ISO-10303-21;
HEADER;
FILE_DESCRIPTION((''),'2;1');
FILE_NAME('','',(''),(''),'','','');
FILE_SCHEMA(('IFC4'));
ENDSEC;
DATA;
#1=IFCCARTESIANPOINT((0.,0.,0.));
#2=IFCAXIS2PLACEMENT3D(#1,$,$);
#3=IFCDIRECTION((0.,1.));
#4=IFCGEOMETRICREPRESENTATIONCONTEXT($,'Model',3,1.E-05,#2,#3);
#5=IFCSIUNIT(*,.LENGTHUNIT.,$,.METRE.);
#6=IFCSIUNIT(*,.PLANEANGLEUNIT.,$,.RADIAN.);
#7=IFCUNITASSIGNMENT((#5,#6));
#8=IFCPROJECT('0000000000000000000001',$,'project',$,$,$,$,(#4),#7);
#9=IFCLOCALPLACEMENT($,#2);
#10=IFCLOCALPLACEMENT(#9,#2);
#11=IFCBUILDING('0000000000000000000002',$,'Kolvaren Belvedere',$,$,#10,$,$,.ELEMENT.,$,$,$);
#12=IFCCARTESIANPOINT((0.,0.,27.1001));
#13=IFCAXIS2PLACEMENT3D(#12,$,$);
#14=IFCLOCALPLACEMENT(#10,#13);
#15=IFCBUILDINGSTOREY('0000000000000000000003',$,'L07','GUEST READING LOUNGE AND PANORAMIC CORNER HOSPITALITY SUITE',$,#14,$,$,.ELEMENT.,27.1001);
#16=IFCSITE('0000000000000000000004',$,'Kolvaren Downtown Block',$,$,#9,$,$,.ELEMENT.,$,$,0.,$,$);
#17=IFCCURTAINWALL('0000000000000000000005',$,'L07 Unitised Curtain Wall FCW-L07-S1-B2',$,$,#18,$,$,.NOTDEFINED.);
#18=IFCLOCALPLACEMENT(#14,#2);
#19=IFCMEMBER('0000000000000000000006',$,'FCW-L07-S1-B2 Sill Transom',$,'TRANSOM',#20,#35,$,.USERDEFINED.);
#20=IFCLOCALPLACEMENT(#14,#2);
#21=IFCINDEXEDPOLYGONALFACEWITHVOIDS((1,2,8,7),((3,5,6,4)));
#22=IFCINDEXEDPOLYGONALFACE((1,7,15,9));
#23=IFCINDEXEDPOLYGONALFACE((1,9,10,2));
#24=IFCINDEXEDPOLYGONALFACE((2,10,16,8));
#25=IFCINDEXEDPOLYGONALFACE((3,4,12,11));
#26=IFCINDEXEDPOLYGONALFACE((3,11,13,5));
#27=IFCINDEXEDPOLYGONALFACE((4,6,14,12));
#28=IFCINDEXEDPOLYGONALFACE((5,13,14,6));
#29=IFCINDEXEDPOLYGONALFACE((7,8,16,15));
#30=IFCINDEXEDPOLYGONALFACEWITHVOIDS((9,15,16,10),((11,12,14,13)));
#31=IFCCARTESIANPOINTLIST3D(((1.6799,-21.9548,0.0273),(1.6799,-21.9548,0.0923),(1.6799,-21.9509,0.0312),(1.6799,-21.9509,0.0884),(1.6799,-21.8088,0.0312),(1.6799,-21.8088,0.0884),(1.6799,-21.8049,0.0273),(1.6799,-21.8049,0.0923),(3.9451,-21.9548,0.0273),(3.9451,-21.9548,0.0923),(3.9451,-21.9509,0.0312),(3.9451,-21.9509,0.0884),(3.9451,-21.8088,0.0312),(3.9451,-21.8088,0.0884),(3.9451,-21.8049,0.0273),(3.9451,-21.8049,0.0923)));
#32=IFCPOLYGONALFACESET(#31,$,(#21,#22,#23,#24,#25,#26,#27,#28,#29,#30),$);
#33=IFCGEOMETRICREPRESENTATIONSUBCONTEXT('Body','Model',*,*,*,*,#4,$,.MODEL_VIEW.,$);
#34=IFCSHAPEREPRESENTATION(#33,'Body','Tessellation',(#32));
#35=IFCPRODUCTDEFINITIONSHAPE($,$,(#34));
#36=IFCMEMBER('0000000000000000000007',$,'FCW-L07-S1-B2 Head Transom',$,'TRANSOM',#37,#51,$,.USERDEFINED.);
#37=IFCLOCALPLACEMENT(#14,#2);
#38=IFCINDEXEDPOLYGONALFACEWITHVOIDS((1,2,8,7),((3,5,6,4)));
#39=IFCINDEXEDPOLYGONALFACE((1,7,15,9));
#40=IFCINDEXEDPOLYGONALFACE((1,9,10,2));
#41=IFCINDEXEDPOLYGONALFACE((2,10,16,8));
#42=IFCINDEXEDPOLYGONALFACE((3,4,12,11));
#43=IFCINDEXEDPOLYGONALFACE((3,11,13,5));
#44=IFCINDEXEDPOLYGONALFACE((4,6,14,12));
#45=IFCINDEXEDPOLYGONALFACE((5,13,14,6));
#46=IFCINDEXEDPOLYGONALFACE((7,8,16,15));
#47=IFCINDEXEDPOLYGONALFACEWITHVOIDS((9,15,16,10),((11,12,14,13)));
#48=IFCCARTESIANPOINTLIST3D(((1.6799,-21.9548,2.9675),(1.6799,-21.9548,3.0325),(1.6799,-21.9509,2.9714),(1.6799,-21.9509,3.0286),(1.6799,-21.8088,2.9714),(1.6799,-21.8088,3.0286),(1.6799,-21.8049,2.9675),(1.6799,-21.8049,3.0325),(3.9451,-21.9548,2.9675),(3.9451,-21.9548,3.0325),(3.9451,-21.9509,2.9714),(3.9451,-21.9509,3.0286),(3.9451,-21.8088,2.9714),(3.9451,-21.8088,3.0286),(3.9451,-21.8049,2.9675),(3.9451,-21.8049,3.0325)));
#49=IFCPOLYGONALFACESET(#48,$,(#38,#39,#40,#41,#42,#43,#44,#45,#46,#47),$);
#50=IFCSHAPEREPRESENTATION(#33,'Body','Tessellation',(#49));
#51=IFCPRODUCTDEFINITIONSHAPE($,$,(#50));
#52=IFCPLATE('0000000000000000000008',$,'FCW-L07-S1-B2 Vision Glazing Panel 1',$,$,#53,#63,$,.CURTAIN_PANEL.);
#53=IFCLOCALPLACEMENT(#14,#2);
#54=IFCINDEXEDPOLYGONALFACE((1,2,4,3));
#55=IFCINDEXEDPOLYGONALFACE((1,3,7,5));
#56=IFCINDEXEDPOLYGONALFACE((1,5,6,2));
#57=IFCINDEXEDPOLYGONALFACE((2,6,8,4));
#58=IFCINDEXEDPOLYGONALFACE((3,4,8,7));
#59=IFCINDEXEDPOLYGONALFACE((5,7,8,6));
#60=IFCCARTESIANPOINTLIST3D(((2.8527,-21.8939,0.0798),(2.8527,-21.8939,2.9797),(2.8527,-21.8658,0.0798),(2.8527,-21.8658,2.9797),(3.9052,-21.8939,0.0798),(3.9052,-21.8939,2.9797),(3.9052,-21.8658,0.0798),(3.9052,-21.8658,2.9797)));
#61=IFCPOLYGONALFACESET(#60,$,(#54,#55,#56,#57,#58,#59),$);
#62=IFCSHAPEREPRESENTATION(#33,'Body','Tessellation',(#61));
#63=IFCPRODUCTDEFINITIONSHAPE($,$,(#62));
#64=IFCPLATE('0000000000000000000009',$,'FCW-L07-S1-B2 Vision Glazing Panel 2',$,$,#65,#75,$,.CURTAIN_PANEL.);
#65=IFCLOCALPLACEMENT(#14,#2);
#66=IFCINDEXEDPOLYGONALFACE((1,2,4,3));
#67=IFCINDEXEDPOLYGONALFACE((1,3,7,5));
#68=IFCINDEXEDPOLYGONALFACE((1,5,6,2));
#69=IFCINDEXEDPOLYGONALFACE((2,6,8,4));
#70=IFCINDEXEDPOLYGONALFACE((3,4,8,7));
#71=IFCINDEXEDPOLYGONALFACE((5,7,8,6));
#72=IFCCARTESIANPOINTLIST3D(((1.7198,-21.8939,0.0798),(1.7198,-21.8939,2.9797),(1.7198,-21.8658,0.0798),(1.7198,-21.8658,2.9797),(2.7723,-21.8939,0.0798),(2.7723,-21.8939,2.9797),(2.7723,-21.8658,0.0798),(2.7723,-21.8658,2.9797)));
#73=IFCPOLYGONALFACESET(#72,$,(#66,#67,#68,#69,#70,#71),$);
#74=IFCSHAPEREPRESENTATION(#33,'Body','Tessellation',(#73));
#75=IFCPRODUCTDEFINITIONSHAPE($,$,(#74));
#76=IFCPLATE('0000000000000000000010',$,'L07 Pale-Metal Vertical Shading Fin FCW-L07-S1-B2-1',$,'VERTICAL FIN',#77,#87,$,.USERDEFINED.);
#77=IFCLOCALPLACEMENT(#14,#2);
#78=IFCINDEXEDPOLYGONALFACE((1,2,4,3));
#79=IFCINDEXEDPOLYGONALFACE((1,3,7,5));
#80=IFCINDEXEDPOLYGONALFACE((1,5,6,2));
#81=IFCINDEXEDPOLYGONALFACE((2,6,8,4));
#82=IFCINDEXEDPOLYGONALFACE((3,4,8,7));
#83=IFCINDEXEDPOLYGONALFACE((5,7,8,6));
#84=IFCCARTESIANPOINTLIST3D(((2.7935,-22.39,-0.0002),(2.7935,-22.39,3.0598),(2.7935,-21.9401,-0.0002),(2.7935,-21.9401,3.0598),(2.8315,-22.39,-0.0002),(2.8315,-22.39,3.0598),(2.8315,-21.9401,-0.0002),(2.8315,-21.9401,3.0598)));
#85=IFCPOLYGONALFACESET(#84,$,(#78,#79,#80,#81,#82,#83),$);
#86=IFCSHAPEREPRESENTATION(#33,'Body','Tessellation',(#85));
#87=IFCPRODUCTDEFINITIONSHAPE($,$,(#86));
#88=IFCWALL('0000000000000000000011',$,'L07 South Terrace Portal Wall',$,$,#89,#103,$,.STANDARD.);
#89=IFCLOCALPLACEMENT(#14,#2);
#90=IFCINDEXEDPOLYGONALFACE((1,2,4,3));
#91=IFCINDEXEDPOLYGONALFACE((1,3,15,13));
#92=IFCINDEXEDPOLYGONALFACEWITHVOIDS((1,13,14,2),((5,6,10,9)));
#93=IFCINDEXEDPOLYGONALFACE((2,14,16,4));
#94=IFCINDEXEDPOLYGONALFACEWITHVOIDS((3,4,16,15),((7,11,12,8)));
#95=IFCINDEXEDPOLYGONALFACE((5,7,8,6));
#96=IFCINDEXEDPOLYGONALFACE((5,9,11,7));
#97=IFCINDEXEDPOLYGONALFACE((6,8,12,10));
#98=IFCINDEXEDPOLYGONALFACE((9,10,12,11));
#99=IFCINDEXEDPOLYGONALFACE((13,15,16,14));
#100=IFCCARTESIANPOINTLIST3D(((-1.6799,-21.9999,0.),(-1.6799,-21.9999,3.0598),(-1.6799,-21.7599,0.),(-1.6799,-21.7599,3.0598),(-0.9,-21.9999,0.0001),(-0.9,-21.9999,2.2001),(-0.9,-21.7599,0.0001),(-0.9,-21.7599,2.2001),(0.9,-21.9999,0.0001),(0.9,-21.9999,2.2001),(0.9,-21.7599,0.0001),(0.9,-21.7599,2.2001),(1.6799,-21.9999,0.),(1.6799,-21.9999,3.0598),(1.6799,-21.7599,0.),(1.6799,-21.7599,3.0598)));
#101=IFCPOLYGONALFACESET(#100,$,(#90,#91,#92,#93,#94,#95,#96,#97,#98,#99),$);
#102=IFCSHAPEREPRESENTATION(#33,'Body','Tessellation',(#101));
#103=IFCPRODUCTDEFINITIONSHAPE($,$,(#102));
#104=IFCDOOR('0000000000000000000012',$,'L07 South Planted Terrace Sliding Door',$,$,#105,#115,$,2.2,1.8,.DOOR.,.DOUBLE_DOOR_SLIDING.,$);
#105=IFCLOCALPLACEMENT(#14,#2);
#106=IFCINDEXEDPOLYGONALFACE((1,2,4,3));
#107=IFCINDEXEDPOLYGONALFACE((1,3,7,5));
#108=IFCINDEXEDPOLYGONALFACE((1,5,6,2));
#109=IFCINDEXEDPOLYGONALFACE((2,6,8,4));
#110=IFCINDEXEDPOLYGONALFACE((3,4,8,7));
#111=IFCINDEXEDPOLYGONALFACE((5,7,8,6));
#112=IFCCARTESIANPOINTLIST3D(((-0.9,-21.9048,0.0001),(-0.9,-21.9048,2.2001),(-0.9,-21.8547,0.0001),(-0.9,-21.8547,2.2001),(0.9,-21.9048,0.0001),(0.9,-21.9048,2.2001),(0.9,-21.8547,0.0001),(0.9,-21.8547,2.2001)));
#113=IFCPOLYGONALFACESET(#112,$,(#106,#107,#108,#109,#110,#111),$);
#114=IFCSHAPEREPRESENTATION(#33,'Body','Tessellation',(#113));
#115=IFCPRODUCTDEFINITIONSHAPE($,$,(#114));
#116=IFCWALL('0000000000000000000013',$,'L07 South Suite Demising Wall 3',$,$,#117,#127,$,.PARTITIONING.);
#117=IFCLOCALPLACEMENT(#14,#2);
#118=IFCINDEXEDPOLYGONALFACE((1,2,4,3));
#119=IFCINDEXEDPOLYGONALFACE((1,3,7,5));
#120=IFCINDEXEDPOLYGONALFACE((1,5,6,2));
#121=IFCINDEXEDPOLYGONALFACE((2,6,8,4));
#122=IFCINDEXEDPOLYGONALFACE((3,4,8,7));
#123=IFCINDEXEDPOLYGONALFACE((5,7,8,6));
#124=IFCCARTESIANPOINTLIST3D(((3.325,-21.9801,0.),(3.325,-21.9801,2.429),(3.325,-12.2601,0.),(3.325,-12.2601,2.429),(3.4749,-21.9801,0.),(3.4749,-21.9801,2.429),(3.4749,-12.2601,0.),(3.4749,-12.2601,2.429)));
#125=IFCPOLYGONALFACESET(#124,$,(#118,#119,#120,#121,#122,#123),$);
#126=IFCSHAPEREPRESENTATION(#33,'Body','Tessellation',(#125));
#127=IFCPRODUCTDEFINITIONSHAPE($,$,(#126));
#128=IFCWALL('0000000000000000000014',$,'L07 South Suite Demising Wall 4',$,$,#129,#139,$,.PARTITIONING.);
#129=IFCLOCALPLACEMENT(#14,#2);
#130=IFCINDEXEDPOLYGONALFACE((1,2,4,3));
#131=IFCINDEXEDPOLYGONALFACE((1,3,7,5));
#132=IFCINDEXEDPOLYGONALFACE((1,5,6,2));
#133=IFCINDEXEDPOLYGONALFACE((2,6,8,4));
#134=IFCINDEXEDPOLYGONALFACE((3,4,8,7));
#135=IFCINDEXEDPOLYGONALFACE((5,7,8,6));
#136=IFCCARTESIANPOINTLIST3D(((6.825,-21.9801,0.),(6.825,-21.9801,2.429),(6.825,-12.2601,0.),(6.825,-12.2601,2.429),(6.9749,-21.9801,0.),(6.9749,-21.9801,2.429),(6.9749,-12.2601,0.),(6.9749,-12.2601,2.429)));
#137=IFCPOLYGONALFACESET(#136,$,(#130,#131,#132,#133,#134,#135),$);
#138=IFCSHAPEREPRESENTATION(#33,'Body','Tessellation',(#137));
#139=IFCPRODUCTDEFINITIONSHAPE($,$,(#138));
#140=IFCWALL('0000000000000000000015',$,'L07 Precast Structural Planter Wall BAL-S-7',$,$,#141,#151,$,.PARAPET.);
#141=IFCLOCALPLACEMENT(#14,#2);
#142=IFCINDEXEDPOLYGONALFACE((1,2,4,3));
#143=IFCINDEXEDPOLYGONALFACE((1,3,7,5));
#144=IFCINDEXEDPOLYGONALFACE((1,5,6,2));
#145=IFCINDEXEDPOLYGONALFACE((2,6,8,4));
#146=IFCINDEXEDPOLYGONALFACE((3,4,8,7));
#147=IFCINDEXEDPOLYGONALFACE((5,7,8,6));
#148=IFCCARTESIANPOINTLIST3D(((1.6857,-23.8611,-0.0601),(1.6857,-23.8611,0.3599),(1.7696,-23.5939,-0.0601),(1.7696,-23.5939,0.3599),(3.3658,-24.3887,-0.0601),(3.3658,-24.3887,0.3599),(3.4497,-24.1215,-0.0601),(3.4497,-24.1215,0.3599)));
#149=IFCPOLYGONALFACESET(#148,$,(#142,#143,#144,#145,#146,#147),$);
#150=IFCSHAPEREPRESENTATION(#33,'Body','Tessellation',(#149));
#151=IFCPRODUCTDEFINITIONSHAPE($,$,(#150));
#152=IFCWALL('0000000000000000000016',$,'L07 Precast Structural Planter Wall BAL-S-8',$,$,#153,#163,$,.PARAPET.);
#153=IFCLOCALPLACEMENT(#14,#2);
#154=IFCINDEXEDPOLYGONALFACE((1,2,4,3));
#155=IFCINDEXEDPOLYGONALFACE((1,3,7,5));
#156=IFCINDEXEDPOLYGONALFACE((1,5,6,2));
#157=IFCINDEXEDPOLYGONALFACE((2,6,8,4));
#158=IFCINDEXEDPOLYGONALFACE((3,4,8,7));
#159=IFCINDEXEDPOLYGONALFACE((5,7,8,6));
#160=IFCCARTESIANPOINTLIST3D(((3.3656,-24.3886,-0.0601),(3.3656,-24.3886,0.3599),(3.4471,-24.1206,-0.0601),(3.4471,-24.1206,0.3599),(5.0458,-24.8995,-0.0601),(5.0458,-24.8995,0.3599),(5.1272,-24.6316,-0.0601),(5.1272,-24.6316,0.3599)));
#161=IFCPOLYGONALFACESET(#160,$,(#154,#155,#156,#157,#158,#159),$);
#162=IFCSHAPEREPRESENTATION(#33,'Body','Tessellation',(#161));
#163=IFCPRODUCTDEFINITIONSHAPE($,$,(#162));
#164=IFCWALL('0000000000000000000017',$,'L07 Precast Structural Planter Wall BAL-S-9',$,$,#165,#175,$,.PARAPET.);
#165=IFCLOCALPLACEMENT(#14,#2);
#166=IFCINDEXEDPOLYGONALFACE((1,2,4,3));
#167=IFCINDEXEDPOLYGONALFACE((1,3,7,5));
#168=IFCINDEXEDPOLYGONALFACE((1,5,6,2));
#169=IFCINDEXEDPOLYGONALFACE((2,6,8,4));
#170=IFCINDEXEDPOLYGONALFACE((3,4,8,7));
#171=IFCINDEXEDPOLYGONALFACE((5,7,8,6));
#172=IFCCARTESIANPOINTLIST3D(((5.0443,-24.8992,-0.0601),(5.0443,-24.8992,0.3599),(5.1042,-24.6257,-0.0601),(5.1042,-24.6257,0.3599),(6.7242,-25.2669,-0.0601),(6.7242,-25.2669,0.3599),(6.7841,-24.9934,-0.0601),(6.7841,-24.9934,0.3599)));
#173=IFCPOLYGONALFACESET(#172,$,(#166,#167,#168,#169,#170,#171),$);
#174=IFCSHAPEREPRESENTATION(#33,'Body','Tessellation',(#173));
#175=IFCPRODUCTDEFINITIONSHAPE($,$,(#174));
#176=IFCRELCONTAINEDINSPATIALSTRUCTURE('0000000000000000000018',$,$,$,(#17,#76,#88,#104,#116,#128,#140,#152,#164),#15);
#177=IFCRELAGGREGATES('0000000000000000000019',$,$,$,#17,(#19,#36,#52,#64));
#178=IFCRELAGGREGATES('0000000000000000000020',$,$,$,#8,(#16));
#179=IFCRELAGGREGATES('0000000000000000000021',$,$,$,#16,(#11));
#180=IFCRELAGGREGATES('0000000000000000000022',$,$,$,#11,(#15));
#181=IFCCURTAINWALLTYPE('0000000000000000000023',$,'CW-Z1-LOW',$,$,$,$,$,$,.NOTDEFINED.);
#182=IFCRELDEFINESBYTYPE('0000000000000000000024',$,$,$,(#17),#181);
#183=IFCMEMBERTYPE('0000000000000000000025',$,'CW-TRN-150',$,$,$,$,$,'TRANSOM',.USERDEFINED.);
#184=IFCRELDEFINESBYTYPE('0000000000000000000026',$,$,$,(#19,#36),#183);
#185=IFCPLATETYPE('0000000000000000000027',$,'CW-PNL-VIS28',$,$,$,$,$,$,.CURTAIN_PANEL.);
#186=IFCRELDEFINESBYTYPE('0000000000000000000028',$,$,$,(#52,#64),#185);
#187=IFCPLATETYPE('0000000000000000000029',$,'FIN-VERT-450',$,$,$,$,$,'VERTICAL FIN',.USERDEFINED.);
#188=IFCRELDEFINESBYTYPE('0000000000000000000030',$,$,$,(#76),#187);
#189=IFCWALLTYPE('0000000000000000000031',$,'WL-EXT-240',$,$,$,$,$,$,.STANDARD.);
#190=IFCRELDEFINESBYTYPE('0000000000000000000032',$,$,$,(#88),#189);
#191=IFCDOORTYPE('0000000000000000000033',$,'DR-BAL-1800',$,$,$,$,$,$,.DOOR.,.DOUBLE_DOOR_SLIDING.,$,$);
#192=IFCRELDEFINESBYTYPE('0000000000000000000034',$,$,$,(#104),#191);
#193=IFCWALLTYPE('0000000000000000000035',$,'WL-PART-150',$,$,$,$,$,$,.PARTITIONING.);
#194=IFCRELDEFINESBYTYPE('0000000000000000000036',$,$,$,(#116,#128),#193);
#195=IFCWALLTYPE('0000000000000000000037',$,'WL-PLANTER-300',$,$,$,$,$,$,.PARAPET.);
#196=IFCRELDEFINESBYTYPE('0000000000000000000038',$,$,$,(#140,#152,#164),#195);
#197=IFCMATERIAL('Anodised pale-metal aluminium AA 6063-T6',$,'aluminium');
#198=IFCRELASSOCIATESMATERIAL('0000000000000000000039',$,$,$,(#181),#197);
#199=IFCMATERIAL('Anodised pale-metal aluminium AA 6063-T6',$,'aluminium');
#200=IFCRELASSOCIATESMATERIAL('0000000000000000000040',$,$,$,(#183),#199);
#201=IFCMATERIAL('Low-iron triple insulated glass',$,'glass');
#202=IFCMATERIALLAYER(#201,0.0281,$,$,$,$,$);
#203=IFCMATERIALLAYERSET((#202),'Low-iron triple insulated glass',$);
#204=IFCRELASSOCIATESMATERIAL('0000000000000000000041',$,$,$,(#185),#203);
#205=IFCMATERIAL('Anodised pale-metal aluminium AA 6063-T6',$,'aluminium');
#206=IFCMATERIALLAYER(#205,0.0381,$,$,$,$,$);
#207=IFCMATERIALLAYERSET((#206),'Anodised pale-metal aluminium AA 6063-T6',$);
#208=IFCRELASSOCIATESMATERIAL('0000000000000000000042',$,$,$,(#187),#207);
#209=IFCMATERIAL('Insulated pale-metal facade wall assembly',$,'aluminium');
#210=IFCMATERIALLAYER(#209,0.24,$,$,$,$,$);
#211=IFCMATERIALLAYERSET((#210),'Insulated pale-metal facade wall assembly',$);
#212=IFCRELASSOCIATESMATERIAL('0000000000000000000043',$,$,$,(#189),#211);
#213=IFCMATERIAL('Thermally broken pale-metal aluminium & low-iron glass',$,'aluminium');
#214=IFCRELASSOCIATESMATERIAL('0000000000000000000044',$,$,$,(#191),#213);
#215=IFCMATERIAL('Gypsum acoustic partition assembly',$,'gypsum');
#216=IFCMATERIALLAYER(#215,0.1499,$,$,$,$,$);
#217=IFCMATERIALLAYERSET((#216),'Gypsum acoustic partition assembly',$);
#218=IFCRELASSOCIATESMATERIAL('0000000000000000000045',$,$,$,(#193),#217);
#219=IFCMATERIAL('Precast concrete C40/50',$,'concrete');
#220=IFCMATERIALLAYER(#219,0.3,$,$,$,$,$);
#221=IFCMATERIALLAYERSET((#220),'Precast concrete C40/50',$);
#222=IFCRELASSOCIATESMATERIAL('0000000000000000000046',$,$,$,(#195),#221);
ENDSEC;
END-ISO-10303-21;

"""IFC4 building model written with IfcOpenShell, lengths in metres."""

from ifc_helpers import new_model, si_unit, direction, frame, frame_2d, origin, origin_2d, place, context, subcontext, project, spatial, rectangle, hollow_rectangle, extrude, material, layer, layer_set, material_profile, profile_set, type_object, element, fill, aggregate, save


model = new_model("IFC4")

# Units and contexts
model_context = context("Model", 3, precision=1e-05, world=origin(), true_north=direction((0.0, 1.0)))
body_context = subcontext(model_context, "Body", "Model", "MODEL_VIEW")
ifc_project = project(units=[si_unit("LENGTHUNIT", "METRE"), si_unit("PLANEANGLEUNIT", "RADIAN")], contexts=[model_context])

# Site, building, storey
site_placement = place(None, origin())
site = spatial("IfcSite", under=ifc_project, at=site_placement, Name="Kolvaren Downtown Block", CompositionType="ELEMENT", RefElevation=0.0)
building_placement = place(site_placement, origin())
building = spatial("IfcBuilding", under=site, at=building_placement, Name="Kolvaren Belvedere", CompositionType="ELEMENT")
storey_placement = place(building_placement, frame((0.0, 0.0, 27.1001)))
storey = spatial("IfcBuildingStorey", under=building, at=storey_placement, Name="L07", Description="GUEST READING LOUNGE AND PANORAMIC CORNER HOSPITALITY SUITE", CompositionType="ELEMENT", Elevation=27.1001)

# Shared definitions
ifc_material_1 = material(Name="Anodised pale-metal aluminium AA 6063-T6", Category="aluminium")
curtain_wall_type = type_object("IfcCurtainWallType", Name="CW-Z1-LOW", PredefinedType="NOTDEFINED", material=ifc_material_1)

# Curtain wall, members, plates
curtain_wall_1_placement = place(storey_placement, origin())
curtain_wall_1 = element("IfcCurtainWall", 1, at=curtain_wall_1_placement, inside=storey, type_object=curtain_wall_type, Name="L07 Unitised Curtain Wall FCW-L07-S1-B2", PredefinedType="NOTDEFINED")
ifc_material_2 = material(Name="Anodised pale-metal aluminium AA 6063-T6", Category="aluminium")
ifc_material_profile_1 = material_profile(ifc_material_2, hollow_rectangle(XDim=0.0649, YDim=0.1499, WallThickness=0.0039, at=origin_2d()), Name="ALU-TRN-150X65")
ifc_profile_set_1 = profile_set([ifc_material_profile_1], Name="Anodised pale-metal aluminium AA 6063-T6")
member_type_1 = type_object("IfcMemberType", Name="CW-TRN-150", ElementType="TRANSOM", PredefinedType="USERDEFINED", material=ifc_profile_set_1)
member_1_placement = place(storey_placement, frame((3.9451, -21.8799, 0.0598), z_axis=(-1.0, 0.0, 0.0), x_axis=(0.0, 0.0, 1.0)))
member_1 = element("IfcMember", 2, at=member_1_placement, type_object=member_type_1, Name="FCW-L07-S1-B2 Sill Transom", ObjectType="TRANSOM", PredefinedType="USERDEFINED", context=body_context, shape_type="SweptSolid", body=[
    extrude(hollow_rectangle(XDim=0.0649, YDim=0.1499, WallThickness=0.0039, at=origin_2d()), origin(), (0.0, 0.0, 1.0), 2.2651),
])
member_2_placement = place(storey_placement, frame((3.9451, -21.8799, 3.0), z_axis=(-1.0, 0.0, 0.0), x_axis=(0.0, 0.0, 1.0)))
member_2 = element("IfcMember", 3, at=member_2_placement, type_object=member_type_1, Name="FCW-L07-S1-B2 Head Transom", ObjectType="TRANSOM", PredefinedType="USERDEFINED", context=body_context, shape_type="SweptSolid", body=[
    extrude(hollow_rectangle(XDim=0.0649, YDim=0.1499, WallThickness=0.0039, at=origin_2d()), origin(), (0.0, 0.0, 1.0), 2.2651),
])
ifc_material_3 = material(Name="Low-iron triple insulated glass", Category="glass")
ifc_layer_1 = layer(ifc_material_3, 0.0281)
ifc_layer_set_1 = layer_set([ifc_layer_1], Name="Low-iron triple insulated glass")
plate_type_1 = type_object("IfcPlateType", Name="CW-PNL-VIS28", PredefinedType="CURTAIN_PANEL", material=ifc_layer_set_1)
plate_1_placement = place(storey_placement, frame((3.3789, -21.8799, 0.0798), z_axis=(0.0, 0.0, 1.0), x_axis=(-1.0, 0.0, 0.0)))
plate_1 = element("IfcPlate", 4, at=plate_1_placement, type_object=plate_type_1, Name="FCW-L07-S1-B2 Vision Glazing Panel 1", PredefinedType="CURTAIN_PANEL", context=body_context, shape_type="SweptSolid", body=[
    extrude(rectangle(XDim=1.0525, YDim=0.0281, at=origin_2d()), origin(), (0.0, 0.0, 1.0), 2.8999),
])
plate_2_placement = place(storey_placement, frame((2.2461, -21.8799, 0.0798), z_axis=(0.0, 0.0, 1.0), x_axis=(-1.0, 0.0, 0.0)))
plate_2 = element("IfcPlate", 5, at=plate_2_placement, type_object=plate_type_1, Name="FCW-L07-S1-B2 Vision Glazing Panel 2", PredefinedType="CURTAIN_PANEL", context=body_context, shape_type="SweptSolid", body=[
    extrude(rectangle(XDim=1.0525, YDim=0.0281, at=origin_2d()), origin(), (0.0, 0.0, 1.0), 2.8999),
])
aggregate(curtain_wall_1, [member_1, member_2, plate_1, plate_2])

# Plate
ifc_material_4 = material(Name="Anodised pale-metal aluminium AA 6063-T6", Category="aluminium")
ifc_layer_2 = layer(ifc_material_4, 0.0381)
ifc_layer_set_2 = layer_set([ifc_layer_2], Name="Anodised pale-metal aluminium AA 6063-T6")
plate_type_2 = type_object("IfcPlateType", Name="FIN-VERT-450", ElementType="VERTICAL FIN", PredefinedType="USERDEFINED", material=ifc_layer_set_2)
plate_3_placement = place(storey_placement, frame((2.8125, -22.165, -0.0002), z_axis=(0.0, 0.0, 1.0), x_axis=(0.0, 1.0, 0.0)))
element("IfcPlate", 6, at=plate_3_placement, inside=storey, type_object=plate_type_2, Name="L07 Pale-Metal Vertical Shading Fin FCW-L07-S1-B2-1", ObjectType="VERTICAL FIN", PredefinedType="USERDEFINED", context=body_context, shape_type="SweptSolid", body=[
    extrude(rectangle(XDim=0.45, YDim=0.0381, at=origin_2d()), origin(), (0.0, 0.0, 1.0), 3.0601),
])

# Wall, opening, door
ifc_material_5 = material(Name="Insulated pale-metal facade wall assembly", Category="aluminium")
ifc_layer_3 = layer(ifc_material_5, 0.24)
ifc_layer_set_3 = layer_set([ifc_layer_3], Name="Insulated pale-metal facade wall assembly")
wall_type_1 = type_object("IfcWallType", Name="WL-EXT-240", PredefinedType="STANDARD", material=ifc_layer_set_3)
wall_1_placement = place(storey_placement, frame((1.6799, -21.8799, 0.0), z_axis=(0.0, 0.0, 1.0), x_axis=(-1.0, 0.0, 0.0)))
wall_1 = element("IfcWall", 7, at=wall_1_placement, inside=storey, type_object=wall_type_1, Name="L07 South Terrace Portal Wall", PredefinedType="STANDARD", context=body_context, shape_type="SweptSolid", body=[
    extrude(rectangle(XDim=3.3599, YDim=0.24, at=frame_2d((1.6799, 0.0))), origin(), (0.0, 0.0, 1.0), 3.0598),
])
opening_placement = place(wall_1_placement, frame((0.78, 0.0, 0.0)))
opening = element("IfcOpeningElement", 8, at=opening_placement, cuts=wall_1, PredefinedType="OPENING", context=body_context, shape_type="SweptSolid", body=[
    extrude(rectangle(XDim=1.8, YDim=2.2, at=frame_2d((0.8999, 1.1001))), frame((0.0, 0.1299, 0.0), z_axis=(0.0, -1.0, 0.0), x_axis=(1.0, 0.0, 0.0)), (0.0, 0.0, 1.0), 0.26),
])
ifc_material_6 = material(Name="Thermally broken pale-metal aluminium & low-iron glass", Category="aluminium")
door_type = type_object("IfcDoorType", Name="DR-BAL-1800", OperationType="DOUBLE_DOOR_SLIDING", PredefinedType="DOOR", material=ifc_material_6)
door_placement = place(opening_placement, origin())
door = element("IfcDoor", 9, at=door_placement, inside=storey, type_object=door_type, Name="L07 South Planted Terrace Sliding Door", OperationType="DOUBLE_DOOR_SLIDING", OverallHeight=2.2, OverallWidth=1.8, PredefinedType="DOOR", context=body_context, shape_type="SweptSolid", body=[
    extrude(rectangle(XDim=1.8, YDim=2.2, at=frame_2d((0.8999, 1.1001))), frame((0.0, 0.0249, 0.0), z_axis=(0.0, -1.0, 0.0), x_axis=(1.0, 0.0, 0.0)), (0.0, 0.0, 1.0), 0.05),
])
fill(opening, door)

# Walls
ifc_material_7 = material(Name="Gypsum acoustic partition assembly", Category="gypsum")
ifc_layer_4 = layer(ifc_material_7, 0.1499)
ifc_layer_set_4 = layer_set([ifc_layer_4], Name="Gypsum acoustic partition assembly")
wall_type_2 = type_object("IfcWallType", Name="WL-PART-150", PredefinedType="PARTITIONING", material=ifc_layer_set_4)
for number, where, z_axis, x_axis, name in (
    (10, (3.3999, -21.98, 0.0), (0.0, 0.0, 1.0), (0.0, 1.0, 0.0), "L07 South Suite Demising Wall 3"),
    (11, (6.8999, -21.98, 0.0), (0.0, 0.0, 1.0), (0.0, 1.0, 0.0), "L07 South Suite Demising Wall 4"),
):
    element("IfcWall", number, at=place(storey_placement, frame(where, z_axis=z_axis, x_axis=x_axis)), inside=storey, type_object=wall_type_2, Name=name, PredefinedType="PARTITIONING", context=body_context, shape_type="SweptSolid", body=[
        extrude(rectangle(XDim=9.72, YDim=0.1499, at=frame_2d((4.8599, 0.0))), origin(), (0.0, 0.0, 1.0), 2.429),
    ])
ifc_material_8 = material(Name="Precast concrete C40/50", Category="concrete")
ifc_layer_5 = layer(ifc_material_8, 0.3)
ifc_layer_set_5 = layer_set([ifc_layer_5], Name="Precast concrete C40/50")
wall_type_3 = type_object("IfcWallType", Name="WL-PLANTER-300", PredefinedType="PARAPET", material=ifc_layer_set_5)
wall_2_placement = place(storey_placement, frame((1.7278, -23.7275, -0.0601), z_axis=(0.0, 0.0, 1.0), x_axis=(0.95407, -0.299585, 0.0)))
element("IfcWall", 12, at=wall_2_placement, inside=storey, type_object=wall_type_3, Name="L07 Precast Structural Planter Wall BAL-S-7", PredefinedType="PARAPET", context=body_context, shape_type="SweptSolid", body=[
    extrude(rectangle(XDim=1.761, YDim=0.28, at=frame_2d((0.8804, 0.0))), origin(), (0.0, 0.0, 1.0), 0.4199),
])
wall_3_placement = place(storey_placement, frame((3.4065, -24.2546, -0.0601), z_axis=(0.0, 0.0, 1.0), x_axis=(0.956733, -0.290968, 0.0)))
element("IfcWall", 13, at=wall_3_placement, inside=storey, type_object=wall_type_3, Name="L07 Precast Structural Planter Wall BAL-S-8", PredefinedType="PARAPET", context=body_context, shape_type="SweptSolid", body=[
    extrude(rectangle(XDim=1.7561, YDim=0.28, at=frame_2d((0.8779, 0.0))), origin(), (0.0, 0.0, 1.0), 0.4199),
])
wall_4_placement = place(storey_placement, frame((5.0742, -24.7625, -0.0601), z_axis=(0.0, 0.0, 1.0), x_axis=(0.976877, -0.213803, 0.0)))
element("IfcWall", 14, at=wall_4_placement, inside=storey, type_object=wall_type_3, Name="L07 Precast Structural Planter Wall BAL-S-9", PredefinedType="PARAPET", context=body_context, shape_type="SweptSolid", body=[
    extrude(rectangle(XDim=1.7197, YDim=0.28, at=frame_2d((0.8599, 0.0))), origin(), (0.0, 0.0, 1.0), 0.4199),
])

save(model, "model.ifc")
